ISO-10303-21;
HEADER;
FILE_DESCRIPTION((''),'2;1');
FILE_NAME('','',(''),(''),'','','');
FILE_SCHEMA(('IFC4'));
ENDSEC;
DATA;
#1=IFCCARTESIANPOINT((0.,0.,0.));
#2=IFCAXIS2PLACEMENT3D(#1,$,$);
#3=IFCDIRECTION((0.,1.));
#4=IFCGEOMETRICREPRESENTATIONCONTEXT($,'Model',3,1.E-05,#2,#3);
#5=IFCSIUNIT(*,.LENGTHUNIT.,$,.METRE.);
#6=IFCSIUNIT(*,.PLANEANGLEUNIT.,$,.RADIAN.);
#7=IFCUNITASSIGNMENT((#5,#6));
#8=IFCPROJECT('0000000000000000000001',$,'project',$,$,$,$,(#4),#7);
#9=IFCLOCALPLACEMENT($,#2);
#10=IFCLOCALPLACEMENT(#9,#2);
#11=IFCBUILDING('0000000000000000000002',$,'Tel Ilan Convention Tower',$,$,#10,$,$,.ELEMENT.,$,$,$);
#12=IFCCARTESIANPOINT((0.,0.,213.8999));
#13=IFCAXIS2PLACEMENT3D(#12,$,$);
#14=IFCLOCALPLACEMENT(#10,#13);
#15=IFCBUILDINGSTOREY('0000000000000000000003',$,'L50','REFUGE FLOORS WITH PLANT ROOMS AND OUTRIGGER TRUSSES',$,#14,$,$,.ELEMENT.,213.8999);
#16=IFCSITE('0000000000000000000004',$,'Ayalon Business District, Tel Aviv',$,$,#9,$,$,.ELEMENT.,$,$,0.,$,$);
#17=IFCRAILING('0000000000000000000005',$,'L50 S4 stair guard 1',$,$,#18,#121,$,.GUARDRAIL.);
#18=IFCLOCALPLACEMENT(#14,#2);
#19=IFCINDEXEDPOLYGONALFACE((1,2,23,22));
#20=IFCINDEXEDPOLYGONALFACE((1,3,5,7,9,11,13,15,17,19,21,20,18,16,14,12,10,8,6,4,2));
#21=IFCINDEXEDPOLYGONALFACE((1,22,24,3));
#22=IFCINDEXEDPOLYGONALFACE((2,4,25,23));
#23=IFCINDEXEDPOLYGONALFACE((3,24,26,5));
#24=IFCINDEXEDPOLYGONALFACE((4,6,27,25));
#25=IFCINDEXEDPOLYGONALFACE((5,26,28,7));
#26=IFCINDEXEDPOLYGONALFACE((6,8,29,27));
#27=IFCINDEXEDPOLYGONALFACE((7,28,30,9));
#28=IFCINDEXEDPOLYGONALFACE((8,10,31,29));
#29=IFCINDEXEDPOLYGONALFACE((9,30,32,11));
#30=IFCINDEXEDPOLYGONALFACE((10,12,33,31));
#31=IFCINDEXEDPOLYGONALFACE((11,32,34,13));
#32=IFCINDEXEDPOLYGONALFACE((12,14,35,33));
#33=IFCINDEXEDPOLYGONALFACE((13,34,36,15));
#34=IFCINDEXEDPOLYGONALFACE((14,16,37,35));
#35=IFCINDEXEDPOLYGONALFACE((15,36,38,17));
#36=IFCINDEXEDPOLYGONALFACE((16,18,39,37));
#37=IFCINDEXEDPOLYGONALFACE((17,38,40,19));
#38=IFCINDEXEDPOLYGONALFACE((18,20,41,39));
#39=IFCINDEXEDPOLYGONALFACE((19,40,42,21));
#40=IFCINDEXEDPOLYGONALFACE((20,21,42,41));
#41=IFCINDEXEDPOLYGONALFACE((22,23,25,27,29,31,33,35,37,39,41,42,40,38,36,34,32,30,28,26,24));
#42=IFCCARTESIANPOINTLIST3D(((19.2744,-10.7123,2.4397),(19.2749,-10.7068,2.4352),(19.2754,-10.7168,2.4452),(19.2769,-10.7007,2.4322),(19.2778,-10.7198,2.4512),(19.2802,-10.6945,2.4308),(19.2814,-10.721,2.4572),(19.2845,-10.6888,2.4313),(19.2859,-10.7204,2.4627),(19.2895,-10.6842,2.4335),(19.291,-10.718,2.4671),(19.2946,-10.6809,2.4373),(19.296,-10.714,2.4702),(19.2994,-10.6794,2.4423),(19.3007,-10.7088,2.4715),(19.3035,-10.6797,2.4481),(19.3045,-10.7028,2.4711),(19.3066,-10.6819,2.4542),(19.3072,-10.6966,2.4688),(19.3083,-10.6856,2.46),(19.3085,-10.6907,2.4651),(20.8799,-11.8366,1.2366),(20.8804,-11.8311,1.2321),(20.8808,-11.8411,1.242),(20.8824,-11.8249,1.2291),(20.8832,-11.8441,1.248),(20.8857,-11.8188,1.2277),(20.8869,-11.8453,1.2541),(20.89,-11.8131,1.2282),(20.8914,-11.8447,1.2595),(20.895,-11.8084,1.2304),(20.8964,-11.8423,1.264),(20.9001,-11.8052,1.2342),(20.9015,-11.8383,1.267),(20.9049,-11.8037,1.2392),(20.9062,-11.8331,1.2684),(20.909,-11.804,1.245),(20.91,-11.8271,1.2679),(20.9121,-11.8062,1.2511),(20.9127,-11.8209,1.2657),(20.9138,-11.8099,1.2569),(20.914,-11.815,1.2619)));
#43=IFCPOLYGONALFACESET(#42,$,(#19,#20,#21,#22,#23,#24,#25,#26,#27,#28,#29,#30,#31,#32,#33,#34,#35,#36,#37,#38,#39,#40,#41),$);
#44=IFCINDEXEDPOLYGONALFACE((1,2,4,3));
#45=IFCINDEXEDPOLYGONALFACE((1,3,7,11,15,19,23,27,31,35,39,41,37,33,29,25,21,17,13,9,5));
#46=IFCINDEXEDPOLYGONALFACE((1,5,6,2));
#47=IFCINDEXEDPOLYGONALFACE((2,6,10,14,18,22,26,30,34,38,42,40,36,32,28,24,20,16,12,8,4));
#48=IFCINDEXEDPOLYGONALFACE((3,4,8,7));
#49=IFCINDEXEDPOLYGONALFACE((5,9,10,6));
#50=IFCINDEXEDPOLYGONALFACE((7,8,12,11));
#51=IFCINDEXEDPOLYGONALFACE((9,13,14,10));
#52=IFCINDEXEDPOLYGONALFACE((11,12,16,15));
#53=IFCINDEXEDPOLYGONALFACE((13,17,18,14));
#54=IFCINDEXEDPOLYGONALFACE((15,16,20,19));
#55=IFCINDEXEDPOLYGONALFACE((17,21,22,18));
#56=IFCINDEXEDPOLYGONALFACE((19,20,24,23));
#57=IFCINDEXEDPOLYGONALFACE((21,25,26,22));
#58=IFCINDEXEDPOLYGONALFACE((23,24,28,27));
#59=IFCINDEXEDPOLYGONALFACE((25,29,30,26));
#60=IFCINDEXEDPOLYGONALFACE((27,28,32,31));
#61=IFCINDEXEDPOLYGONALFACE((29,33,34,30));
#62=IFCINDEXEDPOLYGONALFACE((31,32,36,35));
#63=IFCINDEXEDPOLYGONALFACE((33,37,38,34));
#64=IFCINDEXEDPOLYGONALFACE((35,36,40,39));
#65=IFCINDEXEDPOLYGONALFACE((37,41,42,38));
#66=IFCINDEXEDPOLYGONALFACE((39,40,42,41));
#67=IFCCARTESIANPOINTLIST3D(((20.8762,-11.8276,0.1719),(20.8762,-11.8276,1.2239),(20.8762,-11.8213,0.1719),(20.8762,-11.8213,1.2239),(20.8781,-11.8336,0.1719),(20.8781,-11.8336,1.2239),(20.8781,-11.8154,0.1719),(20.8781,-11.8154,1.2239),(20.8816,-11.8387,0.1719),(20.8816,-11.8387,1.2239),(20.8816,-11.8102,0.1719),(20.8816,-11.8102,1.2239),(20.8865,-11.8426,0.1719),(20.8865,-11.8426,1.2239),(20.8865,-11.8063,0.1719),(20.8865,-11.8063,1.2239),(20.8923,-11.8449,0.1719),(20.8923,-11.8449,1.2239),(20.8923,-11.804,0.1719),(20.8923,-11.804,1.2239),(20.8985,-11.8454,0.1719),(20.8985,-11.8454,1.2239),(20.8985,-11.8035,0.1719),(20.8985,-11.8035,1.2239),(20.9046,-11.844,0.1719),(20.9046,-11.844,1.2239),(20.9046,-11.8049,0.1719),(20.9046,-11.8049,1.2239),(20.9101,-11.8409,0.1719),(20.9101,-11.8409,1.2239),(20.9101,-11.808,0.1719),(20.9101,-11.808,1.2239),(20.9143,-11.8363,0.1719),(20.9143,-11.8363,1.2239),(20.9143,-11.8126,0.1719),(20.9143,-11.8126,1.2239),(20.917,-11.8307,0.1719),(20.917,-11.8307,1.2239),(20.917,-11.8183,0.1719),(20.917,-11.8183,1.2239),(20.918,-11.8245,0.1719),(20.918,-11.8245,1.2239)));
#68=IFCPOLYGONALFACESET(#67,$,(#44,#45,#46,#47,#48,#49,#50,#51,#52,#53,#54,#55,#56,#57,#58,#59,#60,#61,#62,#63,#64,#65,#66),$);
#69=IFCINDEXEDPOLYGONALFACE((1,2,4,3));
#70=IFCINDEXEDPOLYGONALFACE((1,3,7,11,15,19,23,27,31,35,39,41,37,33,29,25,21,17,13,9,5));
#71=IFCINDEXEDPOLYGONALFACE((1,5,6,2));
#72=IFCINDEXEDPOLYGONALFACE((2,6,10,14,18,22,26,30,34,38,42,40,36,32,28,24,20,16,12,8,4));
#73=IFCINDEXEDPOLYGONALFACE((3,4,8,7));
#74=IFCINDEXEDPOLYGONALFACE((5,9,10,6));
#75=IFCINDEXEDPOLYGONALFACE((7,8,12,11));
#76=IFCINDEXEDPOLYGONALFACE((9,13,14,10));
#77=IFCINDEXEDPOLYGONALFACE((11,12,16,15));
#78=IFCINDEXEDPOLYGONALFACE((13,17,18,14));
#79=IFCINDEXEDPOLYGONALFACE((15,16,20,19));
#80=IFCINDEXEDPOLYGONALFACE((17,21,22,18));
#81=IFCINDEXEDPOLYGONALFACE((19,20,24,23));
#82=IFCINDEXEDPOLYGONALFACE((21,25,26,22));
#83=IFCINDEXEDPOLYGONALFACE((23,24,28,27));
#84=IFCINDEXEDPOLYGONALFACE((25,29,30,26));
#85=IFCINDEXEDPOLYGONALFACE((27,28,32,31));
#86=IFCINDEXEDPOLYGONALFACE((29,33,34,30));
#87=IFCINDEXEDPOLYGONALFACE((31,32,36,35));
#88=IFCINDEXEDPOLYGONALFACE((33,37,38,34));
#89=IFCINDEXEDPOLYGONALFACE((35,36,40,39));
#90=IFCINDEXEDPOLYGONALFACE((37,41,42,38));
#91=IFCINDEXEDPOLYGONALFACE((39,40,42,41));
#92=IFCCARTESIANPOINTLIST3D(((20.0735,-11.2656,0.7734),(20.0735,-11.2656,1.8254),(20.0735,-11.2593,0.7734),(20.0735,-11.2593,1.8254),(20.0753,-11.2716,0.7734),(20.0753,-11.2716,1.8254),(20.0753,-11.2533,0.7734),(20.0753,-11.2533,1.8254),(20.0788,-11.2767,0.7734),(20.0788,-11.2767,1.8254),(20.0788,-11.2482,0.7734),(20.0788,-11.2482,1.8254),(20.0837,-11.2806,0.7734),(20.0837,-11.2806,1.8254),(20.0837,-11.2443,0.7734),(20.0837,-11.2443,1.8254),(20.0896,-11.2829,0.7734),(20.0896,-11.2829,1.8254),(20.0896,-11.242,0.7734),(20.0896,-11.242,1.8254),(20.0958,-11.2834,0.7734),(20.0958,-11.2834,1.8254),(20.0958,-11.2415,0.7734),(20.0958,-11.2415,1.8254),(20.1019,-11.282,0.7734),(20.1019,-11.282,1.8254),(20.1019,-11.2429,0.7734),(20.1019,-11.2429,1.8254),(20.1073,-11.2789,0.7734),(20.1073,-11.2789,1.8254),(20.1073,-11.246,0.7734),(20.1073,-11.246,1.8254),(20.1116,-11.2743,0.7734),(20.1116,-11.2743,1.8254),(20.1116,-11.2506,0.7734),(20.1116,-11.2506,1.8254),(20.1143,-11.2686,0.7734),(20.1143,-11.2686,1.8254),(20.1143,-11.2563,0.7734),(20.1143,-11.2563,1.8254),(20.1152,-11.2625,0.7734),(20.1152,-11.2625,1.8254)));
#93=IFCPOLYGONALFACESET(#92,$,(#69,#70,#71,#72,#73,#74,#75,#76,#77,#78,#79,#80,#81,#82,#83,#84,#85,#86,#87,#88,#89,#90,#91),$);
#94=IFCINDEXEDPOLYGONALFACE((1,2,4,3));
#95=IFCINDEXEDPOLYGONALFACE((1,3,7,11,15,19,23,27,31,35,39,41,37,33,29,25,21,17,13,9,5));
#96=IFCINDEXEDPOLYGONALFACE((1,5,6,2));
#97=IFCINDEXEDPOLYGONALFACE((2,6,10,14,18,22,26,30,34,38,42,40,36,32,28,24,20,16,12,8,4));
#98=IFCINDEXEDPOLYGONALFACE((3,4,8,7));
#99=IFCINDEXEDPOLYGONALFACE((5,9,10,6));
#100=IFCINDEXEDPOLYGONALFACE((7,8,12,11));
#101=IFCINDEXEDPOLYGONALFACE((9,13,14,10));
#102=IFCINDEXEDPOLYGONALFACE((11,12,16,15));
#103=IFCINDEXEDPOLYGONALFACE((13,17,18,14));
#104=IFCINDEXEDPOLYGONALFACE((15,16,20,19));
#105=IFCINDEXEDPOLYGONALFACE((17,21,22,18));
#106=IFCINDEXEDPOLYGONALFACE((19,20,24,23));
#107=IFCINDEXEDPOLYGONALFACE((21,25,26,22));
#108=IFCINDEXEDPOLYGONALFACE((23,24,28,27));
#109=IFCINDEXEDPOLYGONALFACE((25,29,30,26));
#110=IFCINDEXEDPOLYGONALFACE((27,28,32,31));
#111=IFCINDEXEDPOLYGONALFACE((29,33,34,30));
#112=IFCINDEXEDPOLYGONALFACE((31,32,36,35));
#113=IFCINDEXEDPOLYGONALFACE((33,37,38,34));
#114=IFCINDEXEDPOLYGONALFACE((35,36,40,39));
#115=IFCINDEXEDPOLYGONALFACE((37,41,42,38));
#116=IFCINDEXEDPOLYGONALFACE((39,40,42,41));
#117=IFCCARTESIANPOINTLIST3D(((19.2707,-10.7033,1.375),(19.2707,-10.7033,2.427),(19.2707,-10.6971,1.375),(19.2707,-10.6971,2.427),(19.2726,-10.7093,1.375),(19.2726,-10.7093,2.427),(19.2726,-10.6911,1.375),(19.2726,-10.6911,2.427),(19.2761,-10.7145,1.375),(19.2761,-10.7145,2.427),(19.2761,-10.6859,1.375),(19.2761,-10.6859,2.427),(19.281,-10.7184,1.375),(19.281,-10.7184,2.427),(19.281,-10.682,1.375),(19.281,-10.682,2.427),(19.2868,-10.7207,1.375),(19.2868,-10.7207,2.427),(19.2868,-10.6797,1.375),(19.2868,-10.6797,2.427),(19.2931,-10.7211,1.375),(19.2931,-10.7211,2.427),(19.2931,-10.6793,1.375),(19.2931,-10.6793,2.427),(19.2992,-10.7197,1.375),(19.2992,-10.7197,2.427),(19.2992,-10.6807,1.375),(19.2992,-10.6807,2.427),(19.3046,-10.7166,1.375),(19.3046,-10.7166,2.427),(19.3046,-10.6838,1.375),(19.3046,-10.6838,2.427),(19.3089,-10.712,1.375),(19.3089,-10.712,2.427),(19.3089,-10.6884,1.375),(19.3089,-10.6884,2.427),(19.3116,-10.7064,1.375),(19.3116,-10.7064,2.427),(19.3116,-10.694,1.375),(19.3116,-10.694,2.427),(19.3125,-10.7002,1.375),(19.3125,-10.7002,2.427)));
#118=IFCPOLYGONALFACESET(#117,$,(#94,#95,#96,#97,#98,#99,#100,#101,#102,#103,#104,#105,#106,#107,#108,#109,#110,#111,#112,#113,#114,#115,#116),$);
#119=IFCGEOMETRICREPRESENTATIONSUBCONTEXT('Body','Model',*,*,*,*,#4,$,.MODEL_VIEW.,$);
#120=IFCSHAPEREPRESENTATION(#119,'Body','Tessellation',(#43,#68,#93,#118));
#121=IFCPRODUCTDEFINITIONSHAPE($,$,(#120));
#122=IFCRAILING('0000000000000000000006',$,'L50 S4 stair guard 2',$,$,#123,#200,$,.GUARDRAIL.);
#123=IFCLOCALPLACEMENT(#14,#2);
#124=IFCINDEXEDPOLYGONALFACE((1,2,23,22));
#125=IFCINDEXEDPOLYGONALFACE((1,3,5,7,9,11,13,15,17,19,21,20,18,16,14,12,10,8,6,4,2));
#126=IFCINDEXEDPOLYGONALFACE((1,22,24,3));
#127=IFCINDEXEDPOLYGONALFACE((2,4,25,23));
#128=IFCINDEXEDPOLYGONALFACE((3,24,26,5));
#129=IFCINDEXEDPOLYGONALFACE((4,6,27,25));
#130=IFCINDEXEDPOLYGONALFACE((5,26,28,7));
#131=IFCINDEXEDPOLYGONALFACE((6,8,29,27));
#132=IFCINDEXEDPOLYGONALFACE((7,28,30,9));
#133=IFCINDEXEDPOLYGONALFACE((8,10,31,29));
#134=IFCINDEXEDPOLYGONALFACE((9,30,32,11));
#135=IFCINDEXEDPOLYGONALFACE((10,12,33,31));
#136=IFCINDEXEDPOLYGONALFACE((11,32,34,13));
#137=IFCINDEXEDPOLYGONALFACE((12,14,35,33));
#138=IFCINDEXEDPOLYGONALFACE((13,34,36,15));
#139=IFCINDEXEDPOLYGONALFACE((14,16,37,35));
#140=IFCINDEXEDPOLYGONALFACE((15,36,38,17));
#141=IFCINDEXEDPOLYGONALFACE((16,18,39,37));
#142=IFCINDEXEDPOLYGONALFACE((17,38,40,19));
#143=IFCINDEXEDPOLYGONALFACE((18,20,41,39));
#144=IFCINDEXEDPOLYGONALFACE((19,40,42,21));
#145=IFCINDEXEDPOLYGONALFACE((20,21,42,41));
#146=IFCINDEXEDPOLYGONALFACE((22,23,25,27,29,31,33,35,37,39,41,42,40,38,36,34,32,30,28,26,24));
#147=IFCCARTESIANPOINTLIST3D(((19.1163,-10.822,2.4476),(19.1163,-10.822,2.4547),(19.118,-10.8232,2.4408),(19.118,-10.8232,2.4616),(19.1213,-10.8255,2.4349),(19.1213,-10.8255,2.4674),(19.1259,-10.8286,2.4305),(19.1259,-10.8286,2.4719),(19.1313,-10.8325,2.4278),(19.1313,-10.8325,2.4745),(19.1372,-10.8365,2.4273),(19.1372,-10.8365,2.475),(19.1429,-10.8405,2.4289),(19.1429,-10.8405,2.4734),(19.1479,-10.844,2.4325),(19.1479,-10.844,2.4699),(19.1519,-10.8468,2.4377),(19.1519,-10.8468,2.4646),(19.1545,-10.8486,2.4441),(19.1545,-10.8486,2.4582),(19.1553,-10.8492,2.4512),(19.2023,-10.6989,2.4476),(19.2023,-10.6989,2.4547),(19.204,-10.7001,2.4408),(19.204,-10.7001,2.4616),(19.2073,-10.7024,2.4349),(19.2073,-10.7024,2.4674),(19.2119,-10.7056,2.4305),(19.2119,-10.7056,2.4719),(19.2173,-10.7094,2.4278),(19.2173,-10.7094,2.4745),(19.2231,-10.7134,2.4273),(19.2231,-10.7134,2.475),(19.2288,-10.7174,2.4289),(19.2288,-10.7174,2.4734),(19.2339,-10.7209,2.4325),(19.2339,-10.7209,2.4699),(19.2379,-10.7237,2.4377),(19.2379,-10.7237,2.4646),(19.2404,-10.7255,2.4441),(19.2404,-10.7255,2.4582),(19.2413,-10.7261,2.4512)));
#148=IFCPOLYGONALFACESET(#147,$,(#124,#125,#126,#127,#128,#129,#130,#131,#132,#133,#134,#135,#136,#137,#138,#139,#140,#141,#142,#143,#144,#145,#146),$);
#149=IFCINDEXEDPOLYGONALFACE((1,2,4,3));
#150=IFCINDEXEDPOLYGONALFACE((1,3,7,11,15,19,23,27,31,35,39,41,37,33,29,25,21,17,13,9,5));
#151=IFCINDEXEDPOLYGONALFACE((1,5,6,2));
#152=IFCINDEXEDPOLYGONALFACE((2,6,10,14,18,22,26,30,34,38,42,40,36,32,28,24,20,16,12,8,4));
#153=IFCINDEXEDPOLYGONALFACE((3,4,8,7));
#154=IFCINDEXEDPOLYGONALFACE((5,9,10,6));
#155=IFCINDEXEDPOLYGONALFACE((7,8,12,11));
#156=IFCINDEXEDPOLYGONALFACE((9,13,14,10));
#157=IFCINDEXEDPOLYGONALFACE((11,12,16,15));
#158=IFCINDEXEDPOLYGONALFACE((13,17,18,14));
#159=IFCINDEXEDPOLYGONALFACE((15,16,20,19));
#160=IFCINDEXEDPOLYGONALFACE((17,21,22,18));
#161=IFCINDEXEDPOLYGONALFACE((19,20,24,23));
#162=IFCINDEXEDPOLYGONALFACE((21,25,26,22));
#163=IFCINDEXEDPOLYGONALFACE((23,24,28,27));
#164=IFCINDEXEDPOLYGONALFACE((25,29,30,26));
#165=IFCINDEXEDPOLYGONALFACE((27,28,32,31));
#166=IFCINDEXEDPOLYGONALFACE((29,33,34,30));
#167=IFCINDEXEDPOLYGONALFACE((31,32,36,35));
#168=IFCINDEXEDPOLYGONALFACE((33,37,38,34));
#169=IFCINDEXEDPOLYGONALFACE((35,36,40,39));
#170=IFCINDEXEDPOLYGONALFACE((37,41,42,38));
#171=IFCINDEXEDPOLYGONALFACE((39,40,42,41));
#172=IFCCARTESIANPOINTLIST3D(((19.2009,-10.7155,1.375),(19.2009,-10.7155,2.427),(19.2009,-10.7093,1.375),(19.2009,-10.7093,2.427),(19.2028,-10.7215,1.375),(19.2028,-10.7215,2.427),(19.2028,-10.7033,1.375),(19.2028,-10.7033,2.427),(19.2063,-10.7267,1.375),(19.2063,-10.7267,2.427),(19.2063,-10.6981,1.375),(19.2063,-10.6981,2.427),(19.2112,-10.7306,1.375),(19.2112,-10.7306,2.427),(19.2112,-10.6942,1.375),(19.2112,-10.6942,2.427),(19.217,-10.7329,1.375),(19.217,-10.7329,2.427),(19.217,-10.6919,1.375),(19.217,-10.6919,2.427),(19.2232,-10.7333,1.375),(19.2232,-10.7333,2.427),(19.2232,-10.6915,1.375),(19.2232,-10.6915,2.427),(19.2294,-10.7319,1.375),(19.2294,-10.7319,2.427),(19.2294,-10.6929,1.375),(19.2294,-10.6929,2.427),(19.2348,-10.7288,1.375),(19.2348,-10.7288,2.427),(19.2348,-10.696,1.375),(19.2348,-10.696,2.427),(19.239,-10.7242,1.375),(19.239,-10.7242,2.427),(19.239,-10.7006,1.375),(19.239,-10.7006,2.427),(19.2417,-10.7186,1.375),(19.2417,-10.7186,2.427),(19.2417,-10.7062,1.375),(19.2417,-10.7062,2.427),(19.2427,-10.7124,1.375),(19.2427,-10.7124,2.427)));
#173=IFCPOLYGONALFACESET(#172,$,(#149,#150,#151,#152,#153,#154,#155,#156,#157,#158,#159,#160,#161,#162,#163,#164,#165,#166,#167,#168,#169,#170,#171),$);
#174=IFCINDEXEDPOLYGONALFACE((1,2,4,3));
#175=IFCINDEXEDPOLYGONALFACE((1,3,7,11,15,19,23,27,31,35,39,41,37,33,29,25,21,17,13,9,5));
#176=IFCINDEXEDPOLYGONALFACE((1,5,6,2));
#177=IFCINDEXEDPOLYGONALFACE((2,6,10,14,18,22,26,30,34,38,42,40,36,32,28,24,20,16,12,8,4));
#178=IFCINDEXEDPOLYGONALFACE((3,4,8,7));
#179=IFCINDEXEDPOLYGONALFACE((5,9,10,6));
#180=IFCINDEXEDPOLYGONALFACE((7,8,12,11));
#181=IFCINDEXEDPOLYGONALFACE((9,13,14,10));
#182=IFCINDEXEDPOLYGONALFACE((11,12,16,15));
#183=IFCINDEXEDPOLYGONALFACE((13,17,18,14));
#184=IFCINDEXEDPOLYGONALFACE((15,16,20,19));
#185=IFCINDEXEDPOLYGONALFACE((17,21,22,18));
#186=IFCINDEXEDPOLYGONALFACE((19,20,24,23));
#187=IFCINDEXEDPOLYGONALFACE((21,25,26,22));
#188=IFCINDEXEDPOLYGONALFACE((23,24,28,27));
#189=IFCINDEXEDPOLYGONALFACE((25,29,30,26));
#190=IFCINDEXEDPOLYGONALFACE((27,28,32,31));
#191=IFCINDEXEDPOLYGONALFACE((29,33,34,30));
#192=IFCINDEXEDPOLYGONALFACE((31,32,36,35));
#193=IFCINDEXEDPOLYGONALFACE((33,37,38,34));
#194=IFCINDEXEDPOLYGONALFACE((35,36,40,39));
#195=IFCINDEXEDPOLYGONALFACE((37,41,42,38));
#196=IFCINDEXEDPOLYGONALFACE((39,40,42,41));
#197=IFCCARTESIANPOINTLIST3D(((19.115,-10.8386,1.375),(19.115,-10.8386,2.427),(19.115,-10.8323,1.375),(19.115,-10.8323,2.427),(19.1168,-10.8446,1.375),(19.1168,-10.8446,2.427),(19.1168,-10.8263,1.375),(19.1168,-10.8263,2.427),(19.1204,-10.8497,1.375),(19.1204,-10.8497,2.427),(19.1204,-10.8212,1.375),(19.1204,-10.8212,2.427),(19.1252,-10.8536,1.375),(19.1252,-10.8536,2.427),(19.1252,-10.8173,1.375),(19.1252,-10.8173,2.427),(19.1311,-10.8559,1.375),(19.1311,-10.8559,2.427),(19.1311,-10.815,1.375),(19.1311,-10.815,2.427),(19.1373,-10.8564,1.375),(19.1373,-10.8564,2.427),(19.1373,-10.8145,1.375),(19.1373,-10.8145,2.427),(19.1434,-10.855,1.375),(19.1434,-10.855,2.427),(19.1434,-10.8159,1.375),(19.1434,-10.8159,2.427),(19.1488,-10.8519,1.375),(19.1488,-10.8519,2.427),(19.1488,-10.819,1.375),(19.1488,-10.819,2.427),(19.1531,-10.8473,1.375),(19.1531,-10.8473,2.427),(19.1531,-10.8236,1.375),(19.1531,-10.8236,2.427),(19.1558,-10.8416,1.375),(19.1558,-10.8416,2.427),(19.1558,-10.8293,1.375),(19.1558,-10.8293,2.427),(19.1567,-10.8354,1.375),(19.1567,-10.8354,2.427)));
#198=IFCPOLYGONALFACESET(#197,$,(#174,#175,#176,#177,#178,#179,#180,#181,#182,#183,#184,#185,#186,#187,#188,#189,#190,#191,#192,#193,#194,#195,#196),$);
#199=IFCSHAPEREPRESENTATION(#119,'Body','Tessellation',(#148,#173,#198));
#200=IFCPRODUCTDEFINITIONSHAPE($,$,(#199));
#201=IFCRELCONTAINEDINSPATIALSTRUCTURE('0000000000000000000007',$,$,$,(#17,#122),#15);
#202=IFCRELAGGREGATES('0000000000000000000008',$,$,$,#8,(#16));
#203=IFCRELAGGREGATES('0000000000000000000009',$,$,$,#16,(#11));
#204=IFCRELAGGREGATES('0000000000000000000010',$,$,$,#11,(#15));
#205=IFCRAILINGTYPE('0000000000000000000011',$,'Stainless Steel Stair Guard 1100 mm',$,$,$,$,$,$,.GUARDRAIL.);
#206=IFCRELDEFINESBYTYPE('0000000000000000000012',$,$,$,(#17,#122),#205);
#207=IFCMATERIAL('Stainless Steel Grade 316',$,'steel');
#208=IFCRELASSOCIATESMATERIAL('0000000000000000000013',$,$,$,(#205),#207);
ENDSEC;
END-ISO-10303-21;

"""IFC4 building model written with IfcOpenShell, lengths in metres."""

from ifc_helpers import new_model, si_unit, direction, frame, origin, origin_2d, place, context, subcontext, project, spatial, circle, extrude, material, type_object, element, save


model = new_model("IFC4")

# Units and contexts
model_context = context("Model", 3, precision=1e-05, world=origin(), true_north=direction((0.0, 1.0)))
body_context = subcontext(model_context, "Body", "Model", "MODEL_VIEW")
ifc_project = project(units=[si_unit("LENGTHUNIT", "METRE"), si_unit("PLANEANGLEUNIT", "RADIAN")], contexts=[model_context])

# Site, building, storey
site_placement = place(None, origin())
site = spatial("IfcSite", under=ifc_project, at=site_placement, Name="Ayalon Business District, Tel Aviv", CompositionType="ELEMENT", RefElevation=0.0)
building_placement = place(site_placement, origin())
building = spatial("IfcBuilding", under=site, at=building_placement, Name="Tel Ilan Convention Tower", CompositionType="ELEMENT")
storey_placement = place(building_placement, frame((0.0, 0.0, 213.8999)))
storey = spatial("IfcBuildingStorey", under=building, at=storey_placement, Name="L50", Description="REFUGE FLOORS WITH PLANT ROOMS AND OUTRIGGER TRUSSES", CompositionType="ELEMENT", Elevation=213.8999)

# Railings
ifc_material_1 = material(Name="Stainless Steel Grade 316", Category="steel")
railing_type_1 = type_object("IfcRailingType", Name="Stainless Steel Stair Guard 1100 mm", PredefinedType="GUARDRAIL", material=ifc_material_1)
railing_1_placement = place(storey_placement, frame((20.897, -11.8245, 0.1719)))
element("IfcRailing", 1, at=railing_1_placement, inside=storey, type_object=railing_type_1, Name="L50 S4 stair guard 1", PredefinedType="GUARDRAIL", context=body_context, shape_type="SweptSolid", body=[
    extrude(circle(Radius=0.0239, at=origin_2d()), frame((0.0, 0.0, 1.0762), z_axis=(-0.698095, 0.488857, 0.523146), x_axis=(-0.573613, -0.819127, 0.0)), (0.0, 0.0, 1.0), 2.2998),
    extrude(circle(Radius=0.021, at=origin_2d()), origin(), (0.0, 0.0, 1.0), 1.052),
    extrude(circle(Radius=0.021, at=origin_2d()), frame((-0.8027, 0.562, 0.6016)), (0.0, 0.0, 1.0), 1.052),
    extrude(circle(Radius=0.021, at=origin_2d()), frame((-1.6055, 1.1243, 1.2031)), (0.0, 0.0, 1.0), 1.052),
])
railing_2_placement = place(storey_placement, frame((19.2217, -10.7124, 1.375)))
element("IfcRailing", 2, at=railing_2_placement, inside=storey, type_object=railing_type_1, Name="L50 S4 stair guard 2", PredefinedType="GUARDRAIL", context=body_context, shape_type="SweptSolid", body=[
    extrude(circle(Radius=0.0239, at=origin_2d()), frame((0.0, 0.0, 1.0762), z_axis=(-0.572589, -0.819843, 0.0), x_axis=(0.819843, -0.572589, 0.0)), (0.0, 0.0, 1.0), 0.1501),
    extrude(circle(Radius=0.021, at=origin_2d()), origin(), (0.0, 0.0, 1.0), 1.052),
    extrude(circle(Radius=0.021, at=origin_2d()), frame((-0.0859, -0.123, 0.0)), (0.0, 0.0, 1.0), 1.052),
])

save(model, "model.ifc")
